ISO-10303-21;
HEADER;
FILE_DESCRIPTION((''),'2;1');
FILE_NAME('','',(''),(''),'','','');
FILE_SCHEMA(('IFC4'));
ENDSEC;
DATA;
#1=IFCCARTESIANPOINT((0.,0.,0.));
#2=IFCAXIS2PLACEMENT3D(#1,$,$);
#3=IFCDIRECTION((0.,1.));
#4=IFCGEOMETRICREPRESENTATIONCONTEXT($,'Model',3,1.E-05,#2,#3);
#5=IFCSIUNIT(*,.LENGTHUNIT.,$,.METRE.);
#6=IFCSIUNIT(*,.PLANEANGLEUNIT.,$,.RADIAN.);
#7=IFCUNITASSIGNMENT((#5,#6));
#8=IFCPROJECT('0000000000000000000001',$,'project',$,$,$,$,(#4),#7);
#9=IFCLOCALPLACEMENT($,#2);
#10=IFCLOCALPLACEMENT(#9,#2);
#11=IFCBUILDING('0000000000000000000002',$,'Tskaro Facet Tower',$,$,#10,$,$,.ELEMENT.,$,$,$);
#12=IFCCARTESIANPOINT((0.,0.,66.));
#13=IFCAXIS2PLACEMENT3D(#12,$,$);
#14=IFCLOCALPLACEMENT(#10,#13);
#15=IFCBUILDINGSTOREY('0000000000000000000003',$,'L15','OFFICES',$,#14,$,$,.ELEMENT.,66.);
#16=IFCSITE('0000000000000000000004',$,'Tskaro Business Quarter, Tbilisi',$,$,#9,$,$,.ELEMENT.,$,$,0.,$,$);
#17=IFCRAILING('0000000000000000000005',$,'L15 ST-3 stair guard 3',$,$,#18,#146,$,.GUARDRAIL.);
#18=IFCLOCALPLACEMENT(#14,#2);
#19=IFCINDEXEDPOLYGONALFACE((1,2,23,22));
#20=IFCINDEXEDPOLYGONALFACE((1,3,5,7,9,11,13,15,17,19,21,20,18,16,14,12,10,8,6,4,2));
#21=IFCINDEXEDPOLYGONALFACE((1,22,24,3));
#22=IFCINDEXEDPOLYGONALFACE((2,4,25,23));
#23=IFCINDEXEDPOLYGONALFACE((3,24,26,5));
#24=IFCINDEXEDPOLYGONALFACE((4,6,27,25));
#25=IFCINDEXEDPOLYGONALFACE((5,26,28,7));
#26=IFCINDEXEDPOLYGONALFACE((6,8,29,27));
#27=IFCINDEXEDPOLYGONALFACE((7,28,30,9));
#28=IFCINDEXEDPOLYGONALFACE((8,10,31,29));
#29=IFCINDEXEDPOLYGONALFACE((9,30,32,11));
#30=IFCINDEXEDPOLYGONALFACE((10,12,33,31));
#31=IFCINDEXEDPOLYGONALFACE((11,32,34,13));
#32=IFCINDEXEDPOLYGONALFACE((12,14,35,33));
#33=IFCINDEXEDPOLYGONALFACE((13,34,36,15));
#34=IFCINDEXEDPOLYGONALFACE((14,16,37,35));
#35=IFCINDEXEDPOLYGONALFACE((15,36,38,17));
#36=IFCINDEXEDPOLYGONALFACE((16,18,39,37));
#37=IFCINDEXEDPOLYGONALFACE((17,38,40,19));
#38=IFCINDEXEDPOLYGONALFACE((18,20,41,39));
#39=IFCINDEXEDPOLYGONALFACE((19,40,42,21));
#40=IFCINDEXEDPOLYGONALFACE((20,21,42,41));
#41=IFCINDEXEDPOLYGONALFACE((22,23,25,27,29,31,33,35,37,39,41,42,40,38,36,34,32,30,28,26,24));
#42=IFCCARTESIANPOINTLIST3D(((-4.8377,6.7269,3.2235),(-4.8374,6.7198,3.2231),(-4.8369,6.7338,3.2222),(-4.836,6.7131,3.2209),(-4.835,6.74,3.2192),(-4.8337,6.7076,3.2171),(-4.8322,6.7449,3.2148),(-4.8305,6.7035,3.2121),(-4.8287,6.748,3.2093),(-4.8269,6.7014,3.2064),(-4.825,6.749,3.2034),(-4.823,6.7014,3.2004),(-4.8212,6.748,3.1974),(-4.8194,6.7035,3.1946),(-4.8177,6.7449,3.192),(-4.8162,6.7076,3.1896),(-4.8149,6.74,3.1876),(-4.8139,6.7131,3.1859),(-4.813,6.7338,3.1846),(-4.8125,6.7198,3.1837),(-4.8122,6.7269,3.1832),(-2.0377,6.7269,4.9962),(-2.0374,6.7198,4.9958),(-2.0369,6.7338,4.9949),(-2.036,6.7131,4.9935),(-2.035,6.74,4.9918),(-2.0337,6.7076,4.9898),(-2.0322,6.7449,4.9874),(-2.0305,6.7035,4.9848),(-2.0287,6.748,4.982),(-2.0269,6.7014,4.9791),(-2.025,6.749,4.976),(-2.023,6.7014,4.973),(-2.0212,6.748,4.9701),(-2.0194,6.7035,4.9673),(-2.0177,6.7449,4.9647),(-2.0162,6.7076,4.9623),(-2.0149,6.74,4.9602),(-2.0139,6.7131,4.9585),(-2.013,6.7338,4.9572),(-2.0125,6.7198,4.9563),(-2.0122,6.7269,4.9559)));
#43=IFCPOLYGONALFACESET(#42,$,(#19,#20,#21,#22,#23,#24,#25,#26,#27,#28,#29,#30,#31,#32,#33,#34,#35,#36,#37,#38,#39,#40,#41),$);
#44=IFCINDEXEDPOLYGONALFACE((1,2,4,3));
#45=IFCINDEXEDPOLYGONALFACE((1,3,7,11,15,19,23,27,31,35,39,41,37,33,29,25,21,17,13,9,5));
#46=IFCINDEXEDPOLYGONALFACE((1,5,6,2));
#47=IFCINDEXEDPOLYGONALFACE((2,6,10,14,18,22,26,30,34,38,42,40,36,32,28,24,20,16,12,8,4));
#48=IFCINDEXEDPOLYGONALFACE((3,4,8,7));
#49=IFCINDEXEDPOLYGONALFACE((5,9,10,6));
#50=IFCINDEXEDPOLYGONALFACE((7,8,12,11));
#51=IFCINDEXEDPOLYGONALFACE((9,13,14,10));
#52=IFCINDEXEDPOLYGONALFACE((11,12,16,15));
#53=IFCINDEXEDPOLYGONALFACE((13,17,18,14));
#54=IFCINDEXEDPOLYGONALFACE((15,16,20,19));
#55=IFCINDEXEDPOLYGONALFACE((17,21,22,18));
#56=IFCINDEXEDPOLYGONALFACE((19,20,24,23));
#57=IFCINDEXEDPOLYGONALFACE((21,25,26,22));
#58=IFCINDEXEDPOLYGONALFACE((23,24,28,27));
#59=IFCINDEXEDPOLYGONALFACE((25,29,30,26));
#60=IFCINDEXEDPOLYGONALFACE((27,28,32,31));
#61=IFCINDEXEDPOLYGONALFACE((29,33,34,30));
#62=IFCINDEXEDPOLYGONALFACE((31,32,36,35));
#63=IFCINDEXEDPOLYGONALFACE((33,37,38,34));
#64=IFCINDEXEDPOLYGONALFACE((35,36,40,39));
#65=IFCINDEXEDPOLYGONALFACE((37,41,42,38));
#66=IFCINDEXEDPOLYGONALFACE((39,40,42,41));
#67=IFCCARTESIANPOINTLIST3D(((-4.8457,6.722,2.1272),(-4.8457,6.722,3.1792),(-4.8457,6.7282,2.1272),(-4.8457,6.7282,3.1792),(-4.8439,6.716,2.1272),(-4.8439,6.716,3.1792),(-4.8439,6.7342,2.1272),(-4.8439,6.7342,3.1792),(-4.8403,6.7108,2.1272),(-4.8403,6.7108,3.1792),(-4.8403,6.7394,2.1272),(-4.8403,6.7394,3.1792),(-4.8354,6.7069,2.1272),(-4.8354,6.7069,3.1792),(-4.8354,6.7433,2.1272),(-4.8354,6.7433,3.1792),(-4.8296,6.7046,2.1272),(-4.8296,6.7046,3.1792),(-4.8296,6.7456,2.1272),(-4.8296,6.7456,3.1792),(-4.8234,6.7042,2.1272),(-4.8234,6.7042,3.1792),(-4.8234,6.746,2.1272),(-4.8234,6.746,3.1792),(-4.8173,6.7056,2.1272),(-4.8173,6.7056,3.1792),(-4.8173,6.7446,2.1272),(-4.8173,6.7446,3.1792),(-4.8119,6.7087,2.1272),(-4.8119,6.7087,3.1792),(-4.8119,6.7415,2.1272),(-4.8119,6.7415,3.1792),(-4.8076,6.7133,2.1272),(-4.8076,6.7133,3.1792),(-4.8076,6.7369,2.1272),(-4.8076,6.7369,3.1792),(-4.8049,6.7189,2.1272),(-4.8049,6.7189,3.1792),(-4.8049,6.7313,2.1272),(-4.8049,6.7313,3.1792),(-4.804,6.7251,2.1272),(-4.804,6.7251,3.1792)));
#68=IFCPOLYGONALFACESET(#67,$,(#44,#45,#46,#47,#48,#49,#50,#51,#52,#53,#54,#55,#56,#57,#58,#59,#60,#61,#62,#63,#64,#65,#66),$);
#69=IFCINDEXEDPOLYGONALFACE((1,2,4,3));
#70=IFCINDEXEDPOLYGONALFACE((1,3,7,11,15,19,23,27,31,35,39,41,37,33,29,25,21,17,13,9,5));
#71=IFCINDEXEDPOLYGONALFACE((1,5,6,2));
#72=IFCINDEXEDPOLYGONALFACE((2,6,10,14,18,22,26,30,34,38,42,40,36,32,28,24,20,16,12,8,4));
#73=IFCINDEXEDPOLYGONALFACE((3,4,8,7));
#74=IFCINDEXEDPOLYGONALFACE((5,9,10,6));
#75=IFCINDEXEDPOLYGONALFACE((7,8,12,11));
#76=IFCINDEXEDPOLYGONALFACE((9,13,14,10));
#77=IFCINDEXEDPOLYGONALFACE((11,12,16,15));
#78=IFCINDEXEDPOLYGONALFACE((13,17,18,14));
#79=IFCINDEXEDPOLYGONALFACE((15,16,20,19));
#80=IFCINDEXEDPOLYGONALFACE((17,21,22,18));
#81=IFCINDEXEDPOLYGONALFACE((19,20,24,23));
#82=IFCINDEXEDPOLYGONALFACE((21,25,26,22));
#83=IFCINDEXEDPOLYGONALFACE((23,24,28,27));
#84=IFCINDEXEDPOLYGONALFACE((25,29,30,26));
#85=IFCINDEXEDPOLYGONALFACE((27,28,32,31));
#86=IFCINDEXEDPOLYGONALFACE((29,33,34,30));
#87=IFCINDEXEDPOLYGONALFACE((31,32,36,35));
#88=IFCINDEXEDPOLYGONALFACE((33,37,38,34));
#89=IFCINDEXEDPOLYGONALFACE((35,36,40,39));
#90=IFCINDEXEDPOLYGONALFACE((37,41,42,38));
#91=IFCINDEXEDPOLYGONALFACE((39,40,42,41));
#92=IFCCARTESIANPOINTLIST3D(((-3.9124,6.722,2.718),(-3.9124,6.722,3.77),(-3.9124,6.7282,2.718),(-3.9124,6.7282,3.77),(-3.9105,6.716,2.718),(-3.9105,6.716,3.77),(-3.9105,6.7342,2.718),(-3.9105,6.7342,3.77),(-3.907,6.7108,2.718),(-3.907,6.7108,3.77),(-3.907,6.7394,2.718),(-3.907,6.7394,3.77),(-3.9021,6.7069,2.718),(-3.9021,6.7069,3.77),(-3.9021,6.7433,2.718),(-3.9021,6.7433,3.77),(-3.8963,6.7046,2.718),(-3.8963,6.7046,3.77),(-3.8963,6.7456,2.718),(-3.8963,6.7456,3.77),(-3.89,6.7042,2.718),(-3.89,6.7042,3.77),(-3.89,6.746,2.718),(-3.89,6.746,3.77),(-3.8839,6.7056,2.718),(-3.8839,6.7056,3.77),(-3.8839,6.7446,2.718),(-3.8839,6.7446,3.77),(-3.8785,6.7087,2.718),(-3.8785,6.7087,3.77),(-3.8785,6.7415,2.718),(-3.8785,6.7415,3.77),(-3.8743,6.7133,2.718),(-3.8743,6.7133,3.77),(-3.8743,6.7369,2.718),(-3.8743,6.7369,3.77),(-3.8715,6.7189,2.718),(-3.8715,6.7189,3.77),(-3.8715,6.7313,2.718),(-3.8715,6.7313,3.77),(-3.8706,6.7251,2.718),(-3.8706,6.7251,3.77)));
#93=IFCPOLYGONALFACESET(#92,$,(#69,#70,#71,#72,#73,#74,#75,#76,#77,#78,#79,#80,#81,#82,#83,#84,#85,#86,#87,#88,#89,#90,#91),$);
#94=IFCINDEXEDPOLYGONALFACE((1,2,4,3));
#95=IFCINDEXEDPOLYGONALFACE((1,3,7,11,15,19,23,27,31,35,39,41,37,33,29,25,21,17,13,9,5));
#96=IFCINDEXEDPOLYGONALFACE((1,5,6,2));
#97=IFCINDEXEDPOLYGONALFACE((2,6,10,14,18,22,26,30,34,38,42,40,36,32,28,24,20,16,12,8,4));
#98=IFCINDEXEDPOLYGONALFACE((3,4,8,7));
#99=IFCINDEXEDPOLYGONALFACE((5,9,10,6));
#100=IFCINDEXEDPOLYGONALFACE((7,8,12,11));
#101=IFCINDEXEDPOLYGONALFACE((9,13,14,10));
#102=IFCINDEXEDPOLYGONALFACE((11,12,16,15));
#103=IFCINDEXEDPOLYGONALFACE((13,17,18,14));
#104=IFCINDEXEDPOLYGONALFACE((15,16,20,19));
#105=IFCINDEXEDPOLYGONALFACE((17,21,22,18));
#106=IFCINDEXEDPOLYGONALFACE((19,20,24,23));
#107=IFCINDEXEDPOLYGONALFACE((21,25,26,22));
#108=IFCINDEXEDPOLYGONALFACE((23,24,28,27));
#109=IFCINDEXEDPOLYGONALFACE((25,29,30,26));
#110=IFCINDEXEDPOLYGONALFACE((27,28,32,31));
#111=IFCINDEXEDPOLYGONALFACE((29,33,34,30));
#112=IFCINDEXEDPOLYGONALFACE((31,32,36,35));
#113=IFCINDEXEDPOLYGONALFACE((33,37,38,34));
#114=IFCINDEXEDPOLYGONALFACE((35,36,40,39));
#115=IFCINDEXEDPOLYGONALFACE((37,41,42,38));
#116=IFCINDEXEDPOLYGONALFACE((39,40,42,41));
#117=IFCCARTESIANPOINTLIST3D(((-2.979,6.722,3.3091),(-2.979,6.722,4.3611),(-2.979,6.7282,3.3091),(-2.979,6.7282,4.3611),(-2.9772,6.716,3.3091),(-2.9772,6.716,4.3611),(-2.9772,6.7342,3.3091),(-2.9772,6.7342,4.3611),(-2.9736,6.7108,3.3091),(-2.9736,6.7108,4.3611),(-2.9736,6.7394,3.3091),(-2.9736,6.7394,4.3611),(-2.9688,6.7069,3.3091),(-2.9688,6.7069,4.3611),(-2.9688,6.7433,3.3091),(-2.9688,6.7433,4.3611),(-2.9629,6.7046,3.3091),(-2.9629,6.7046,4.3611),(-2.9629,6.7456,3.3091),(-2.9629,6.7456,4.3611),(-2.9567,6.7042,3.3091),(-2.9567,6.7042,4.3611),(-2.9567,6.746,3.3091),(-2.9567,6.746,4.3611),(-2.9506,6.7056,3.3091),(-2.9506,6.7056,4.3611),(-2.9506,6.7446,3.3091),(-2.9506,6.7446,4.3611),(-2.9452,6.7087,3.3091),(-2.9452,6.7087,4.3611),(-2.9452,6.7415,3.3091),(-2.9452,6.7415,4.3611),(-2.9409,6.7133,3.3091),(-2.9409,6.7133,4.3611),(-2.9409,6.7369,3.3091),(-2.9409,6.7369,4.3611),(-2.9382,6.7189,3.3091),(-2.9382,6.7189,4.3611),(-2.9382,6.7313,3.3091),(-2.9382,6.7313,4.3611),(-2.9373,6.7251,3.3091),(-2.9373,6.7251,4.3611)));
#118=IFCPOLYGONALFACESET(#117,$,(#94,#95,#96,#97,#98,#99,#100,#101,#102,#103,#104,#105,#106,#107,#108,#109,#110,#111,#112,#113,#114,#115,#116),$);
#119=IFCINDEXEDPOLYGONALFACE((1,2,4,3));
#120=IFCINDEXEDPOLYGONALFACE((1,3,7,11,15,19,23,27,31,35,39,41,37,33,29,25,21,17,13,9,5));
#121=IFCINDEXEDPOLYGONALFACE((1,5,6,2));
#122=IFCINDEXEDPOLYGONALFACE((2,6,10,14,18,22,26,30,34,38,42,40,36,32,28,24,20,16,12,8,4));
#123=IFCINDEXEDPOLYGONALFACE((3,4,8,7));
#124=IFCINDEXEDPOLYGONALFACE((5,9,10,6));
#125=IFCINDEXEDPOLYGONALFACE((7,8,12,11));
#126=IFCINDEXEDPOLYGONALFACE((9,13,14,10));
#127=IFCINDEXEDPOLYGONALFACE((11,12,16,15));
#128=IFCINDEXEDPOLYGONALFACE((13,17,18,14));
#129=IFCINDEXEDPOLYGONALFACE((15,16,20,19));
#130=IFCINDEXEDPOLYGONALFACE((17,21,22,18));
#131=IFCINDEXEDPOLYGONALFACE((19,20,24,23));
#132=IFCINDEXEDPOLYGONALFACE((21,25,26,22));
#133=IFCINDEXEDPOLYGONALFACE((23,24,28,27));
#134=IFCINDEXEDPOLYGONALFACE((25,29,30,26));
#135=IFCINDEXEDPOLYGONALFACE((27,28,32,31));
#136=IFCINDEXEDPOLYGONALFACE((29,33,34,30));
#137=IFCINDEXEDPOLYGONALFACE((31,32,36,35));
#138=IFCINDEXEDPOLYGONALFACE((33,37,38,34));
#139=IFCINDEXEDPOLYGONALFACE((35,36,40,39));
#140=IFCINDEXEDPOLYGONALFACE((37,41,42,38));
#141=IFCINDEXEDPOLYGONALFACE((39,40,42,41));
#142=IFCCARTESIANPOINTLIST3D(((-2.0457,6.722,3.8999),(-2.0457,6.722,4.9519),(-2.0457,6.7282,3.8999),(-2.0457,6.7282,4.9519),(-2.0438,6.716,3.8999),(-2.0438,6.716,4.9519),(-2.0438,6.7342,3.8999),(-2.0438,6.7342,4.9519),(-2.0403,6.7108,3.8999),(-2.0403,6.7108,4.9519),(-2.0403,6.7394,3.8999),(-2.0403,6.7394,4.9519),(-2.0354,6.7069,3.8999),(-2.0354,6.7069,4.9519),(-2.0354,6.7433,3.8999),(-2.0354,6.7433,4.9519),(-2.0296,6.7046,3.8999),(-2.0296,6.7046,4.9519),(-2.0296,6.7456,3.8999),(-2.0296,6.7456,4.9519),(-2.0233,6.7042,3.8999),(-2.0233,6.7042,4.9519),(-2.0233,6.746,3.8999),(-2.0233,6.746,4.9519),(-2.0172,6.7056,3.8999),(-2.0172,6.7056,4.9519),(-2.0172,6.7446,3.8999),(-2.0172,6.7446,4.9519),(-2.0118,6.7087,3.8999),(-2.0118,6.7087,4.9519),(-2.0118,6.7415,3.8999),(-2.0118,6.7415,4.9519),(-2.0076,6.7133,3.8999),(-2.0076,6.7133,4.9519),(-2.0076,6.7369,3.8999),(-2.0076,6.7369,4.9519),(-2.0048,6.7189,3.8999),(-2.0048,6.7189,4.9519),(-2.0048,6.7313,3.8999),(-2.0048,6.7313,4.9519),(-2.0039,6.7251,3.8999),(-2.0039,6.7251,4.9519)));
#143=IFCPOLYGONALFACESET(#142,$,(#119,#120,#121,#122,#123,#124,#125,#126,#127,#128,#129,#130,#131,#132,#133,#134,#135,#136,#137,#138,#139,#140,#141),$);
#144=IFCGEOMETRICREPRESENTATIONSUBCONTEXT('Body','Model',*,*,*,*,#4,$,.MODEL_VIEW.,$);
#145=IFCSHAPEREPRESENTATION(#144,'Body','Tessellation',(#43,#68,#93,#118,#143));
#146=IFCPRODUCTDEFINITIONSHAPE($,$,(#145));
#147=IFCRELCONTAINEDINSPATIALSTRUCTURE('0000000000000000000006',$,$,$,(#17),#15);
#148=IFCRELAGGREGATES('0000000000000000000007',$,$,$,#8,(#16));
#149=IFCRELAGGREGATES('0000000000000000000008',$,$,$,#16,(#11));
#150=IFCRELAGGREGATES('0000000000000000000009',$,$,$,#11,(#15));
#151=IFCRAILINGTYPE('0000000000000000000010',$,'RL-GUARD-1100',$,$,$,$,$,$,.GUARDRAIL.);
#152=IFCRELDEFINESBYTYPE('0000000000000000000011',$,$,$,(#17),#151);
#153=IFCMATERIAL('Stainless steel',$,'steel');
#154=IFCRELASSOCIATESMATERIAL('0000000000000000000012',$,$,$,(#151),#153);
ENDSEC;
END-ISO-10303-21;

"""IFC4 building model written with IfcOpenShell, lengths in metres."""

from ifc_helpers import new_model, si_unit, direction, frame, origin, origin_2d, place, context, subcontext, project, spatial, circle, extrude, material, type_object, element, save


model = new_model("IFC4")

# Units and contexts
model_context = context("Model", 3, precision=1e-05, world=origin(), true_north=direction((0.0, 1.0)))
body_context = subcontext(model_context, "Body", "Model", "MODEL_VIEW")
ifc_project = project(units=[si_unit("LENGTHUNIT", "METRE"), si_unit("PLANEANGLEUNIT", "RADIAN")], contexts=[model_context])

# Site, building, storey
site_placement = place(None, origin())
site = spatial("IfcSite", under=ifc_project, at=site_placement, Name="Tskaro Business Quarter, Tbilisi", CompositionType="ELEMENT", RefElevation=0.0)
building_placement = place(site_placement, origin())
building = spatial("IfcBuilding", under=site, at=building_placement, Name="Tskaro Facet Tower", CompositionType="ELEMENT")
storey_placement = place(building_placement, frame((0.0, 0.0, 66.0)))
storey = spatial("IfcBuildingStorey", under=building, at=storey_placement, Name="L15", Description="OFFICES", CompositionType="ELEMENT", Elevation=66.0)

# Railing
ifc_material_1 = material(Name="Stainless steel", Category="steel")
railing_type_1 = type_object("IfcRailingType", Name="RL-GUARD-1100", PredefinedType="GUARDRAIL", material=ifc_material_1)
railing_1_placement = place(storey_placement, frame((-4.825, 6.7251, 2.1272)))
element("IfcRailing", 1, at=railing_1_placement, inside=storey, type_object=railing_type_1, Name="L15 ST-3 stair guard 3", PredefinedType="GUARDRAIL", context=body_context, shape_type="SweptSolid", body=[
    extrude(circle(Radius=0.0239, at=origin_2d()), frame((0.0, 0.0, 1.0762), z_axis=(0.844909, 0.0, 0.53491), x_axis=(0.0, 1.0, 0.0)), (0.0, 0.0, 1.0), 3.314),
    extrude(circle(Radius=0.021, at=origin_2d()), origin(), (0.0, 0.0, 1.0), 1.052),
    extrude(circle(Radius=0.021, at=origin_2d()), frame((0.9333, 0.0, 0.5908)), (0.0, 0.0, 1.0), 1.052),
    extrude(circle(Radius=0.021, at=origin_2d()), frame((1.8667, 0.0, 1.1819)), (0.0, 0.0, 1.0), 1.052),
    extrude(circle(Radius=0.021, at=origin_2d()), frame((2.8, 0.0, 1.7727)), (0.0, 0.0, 1.0), 1.052),
])

save(model, "model.ifc")
